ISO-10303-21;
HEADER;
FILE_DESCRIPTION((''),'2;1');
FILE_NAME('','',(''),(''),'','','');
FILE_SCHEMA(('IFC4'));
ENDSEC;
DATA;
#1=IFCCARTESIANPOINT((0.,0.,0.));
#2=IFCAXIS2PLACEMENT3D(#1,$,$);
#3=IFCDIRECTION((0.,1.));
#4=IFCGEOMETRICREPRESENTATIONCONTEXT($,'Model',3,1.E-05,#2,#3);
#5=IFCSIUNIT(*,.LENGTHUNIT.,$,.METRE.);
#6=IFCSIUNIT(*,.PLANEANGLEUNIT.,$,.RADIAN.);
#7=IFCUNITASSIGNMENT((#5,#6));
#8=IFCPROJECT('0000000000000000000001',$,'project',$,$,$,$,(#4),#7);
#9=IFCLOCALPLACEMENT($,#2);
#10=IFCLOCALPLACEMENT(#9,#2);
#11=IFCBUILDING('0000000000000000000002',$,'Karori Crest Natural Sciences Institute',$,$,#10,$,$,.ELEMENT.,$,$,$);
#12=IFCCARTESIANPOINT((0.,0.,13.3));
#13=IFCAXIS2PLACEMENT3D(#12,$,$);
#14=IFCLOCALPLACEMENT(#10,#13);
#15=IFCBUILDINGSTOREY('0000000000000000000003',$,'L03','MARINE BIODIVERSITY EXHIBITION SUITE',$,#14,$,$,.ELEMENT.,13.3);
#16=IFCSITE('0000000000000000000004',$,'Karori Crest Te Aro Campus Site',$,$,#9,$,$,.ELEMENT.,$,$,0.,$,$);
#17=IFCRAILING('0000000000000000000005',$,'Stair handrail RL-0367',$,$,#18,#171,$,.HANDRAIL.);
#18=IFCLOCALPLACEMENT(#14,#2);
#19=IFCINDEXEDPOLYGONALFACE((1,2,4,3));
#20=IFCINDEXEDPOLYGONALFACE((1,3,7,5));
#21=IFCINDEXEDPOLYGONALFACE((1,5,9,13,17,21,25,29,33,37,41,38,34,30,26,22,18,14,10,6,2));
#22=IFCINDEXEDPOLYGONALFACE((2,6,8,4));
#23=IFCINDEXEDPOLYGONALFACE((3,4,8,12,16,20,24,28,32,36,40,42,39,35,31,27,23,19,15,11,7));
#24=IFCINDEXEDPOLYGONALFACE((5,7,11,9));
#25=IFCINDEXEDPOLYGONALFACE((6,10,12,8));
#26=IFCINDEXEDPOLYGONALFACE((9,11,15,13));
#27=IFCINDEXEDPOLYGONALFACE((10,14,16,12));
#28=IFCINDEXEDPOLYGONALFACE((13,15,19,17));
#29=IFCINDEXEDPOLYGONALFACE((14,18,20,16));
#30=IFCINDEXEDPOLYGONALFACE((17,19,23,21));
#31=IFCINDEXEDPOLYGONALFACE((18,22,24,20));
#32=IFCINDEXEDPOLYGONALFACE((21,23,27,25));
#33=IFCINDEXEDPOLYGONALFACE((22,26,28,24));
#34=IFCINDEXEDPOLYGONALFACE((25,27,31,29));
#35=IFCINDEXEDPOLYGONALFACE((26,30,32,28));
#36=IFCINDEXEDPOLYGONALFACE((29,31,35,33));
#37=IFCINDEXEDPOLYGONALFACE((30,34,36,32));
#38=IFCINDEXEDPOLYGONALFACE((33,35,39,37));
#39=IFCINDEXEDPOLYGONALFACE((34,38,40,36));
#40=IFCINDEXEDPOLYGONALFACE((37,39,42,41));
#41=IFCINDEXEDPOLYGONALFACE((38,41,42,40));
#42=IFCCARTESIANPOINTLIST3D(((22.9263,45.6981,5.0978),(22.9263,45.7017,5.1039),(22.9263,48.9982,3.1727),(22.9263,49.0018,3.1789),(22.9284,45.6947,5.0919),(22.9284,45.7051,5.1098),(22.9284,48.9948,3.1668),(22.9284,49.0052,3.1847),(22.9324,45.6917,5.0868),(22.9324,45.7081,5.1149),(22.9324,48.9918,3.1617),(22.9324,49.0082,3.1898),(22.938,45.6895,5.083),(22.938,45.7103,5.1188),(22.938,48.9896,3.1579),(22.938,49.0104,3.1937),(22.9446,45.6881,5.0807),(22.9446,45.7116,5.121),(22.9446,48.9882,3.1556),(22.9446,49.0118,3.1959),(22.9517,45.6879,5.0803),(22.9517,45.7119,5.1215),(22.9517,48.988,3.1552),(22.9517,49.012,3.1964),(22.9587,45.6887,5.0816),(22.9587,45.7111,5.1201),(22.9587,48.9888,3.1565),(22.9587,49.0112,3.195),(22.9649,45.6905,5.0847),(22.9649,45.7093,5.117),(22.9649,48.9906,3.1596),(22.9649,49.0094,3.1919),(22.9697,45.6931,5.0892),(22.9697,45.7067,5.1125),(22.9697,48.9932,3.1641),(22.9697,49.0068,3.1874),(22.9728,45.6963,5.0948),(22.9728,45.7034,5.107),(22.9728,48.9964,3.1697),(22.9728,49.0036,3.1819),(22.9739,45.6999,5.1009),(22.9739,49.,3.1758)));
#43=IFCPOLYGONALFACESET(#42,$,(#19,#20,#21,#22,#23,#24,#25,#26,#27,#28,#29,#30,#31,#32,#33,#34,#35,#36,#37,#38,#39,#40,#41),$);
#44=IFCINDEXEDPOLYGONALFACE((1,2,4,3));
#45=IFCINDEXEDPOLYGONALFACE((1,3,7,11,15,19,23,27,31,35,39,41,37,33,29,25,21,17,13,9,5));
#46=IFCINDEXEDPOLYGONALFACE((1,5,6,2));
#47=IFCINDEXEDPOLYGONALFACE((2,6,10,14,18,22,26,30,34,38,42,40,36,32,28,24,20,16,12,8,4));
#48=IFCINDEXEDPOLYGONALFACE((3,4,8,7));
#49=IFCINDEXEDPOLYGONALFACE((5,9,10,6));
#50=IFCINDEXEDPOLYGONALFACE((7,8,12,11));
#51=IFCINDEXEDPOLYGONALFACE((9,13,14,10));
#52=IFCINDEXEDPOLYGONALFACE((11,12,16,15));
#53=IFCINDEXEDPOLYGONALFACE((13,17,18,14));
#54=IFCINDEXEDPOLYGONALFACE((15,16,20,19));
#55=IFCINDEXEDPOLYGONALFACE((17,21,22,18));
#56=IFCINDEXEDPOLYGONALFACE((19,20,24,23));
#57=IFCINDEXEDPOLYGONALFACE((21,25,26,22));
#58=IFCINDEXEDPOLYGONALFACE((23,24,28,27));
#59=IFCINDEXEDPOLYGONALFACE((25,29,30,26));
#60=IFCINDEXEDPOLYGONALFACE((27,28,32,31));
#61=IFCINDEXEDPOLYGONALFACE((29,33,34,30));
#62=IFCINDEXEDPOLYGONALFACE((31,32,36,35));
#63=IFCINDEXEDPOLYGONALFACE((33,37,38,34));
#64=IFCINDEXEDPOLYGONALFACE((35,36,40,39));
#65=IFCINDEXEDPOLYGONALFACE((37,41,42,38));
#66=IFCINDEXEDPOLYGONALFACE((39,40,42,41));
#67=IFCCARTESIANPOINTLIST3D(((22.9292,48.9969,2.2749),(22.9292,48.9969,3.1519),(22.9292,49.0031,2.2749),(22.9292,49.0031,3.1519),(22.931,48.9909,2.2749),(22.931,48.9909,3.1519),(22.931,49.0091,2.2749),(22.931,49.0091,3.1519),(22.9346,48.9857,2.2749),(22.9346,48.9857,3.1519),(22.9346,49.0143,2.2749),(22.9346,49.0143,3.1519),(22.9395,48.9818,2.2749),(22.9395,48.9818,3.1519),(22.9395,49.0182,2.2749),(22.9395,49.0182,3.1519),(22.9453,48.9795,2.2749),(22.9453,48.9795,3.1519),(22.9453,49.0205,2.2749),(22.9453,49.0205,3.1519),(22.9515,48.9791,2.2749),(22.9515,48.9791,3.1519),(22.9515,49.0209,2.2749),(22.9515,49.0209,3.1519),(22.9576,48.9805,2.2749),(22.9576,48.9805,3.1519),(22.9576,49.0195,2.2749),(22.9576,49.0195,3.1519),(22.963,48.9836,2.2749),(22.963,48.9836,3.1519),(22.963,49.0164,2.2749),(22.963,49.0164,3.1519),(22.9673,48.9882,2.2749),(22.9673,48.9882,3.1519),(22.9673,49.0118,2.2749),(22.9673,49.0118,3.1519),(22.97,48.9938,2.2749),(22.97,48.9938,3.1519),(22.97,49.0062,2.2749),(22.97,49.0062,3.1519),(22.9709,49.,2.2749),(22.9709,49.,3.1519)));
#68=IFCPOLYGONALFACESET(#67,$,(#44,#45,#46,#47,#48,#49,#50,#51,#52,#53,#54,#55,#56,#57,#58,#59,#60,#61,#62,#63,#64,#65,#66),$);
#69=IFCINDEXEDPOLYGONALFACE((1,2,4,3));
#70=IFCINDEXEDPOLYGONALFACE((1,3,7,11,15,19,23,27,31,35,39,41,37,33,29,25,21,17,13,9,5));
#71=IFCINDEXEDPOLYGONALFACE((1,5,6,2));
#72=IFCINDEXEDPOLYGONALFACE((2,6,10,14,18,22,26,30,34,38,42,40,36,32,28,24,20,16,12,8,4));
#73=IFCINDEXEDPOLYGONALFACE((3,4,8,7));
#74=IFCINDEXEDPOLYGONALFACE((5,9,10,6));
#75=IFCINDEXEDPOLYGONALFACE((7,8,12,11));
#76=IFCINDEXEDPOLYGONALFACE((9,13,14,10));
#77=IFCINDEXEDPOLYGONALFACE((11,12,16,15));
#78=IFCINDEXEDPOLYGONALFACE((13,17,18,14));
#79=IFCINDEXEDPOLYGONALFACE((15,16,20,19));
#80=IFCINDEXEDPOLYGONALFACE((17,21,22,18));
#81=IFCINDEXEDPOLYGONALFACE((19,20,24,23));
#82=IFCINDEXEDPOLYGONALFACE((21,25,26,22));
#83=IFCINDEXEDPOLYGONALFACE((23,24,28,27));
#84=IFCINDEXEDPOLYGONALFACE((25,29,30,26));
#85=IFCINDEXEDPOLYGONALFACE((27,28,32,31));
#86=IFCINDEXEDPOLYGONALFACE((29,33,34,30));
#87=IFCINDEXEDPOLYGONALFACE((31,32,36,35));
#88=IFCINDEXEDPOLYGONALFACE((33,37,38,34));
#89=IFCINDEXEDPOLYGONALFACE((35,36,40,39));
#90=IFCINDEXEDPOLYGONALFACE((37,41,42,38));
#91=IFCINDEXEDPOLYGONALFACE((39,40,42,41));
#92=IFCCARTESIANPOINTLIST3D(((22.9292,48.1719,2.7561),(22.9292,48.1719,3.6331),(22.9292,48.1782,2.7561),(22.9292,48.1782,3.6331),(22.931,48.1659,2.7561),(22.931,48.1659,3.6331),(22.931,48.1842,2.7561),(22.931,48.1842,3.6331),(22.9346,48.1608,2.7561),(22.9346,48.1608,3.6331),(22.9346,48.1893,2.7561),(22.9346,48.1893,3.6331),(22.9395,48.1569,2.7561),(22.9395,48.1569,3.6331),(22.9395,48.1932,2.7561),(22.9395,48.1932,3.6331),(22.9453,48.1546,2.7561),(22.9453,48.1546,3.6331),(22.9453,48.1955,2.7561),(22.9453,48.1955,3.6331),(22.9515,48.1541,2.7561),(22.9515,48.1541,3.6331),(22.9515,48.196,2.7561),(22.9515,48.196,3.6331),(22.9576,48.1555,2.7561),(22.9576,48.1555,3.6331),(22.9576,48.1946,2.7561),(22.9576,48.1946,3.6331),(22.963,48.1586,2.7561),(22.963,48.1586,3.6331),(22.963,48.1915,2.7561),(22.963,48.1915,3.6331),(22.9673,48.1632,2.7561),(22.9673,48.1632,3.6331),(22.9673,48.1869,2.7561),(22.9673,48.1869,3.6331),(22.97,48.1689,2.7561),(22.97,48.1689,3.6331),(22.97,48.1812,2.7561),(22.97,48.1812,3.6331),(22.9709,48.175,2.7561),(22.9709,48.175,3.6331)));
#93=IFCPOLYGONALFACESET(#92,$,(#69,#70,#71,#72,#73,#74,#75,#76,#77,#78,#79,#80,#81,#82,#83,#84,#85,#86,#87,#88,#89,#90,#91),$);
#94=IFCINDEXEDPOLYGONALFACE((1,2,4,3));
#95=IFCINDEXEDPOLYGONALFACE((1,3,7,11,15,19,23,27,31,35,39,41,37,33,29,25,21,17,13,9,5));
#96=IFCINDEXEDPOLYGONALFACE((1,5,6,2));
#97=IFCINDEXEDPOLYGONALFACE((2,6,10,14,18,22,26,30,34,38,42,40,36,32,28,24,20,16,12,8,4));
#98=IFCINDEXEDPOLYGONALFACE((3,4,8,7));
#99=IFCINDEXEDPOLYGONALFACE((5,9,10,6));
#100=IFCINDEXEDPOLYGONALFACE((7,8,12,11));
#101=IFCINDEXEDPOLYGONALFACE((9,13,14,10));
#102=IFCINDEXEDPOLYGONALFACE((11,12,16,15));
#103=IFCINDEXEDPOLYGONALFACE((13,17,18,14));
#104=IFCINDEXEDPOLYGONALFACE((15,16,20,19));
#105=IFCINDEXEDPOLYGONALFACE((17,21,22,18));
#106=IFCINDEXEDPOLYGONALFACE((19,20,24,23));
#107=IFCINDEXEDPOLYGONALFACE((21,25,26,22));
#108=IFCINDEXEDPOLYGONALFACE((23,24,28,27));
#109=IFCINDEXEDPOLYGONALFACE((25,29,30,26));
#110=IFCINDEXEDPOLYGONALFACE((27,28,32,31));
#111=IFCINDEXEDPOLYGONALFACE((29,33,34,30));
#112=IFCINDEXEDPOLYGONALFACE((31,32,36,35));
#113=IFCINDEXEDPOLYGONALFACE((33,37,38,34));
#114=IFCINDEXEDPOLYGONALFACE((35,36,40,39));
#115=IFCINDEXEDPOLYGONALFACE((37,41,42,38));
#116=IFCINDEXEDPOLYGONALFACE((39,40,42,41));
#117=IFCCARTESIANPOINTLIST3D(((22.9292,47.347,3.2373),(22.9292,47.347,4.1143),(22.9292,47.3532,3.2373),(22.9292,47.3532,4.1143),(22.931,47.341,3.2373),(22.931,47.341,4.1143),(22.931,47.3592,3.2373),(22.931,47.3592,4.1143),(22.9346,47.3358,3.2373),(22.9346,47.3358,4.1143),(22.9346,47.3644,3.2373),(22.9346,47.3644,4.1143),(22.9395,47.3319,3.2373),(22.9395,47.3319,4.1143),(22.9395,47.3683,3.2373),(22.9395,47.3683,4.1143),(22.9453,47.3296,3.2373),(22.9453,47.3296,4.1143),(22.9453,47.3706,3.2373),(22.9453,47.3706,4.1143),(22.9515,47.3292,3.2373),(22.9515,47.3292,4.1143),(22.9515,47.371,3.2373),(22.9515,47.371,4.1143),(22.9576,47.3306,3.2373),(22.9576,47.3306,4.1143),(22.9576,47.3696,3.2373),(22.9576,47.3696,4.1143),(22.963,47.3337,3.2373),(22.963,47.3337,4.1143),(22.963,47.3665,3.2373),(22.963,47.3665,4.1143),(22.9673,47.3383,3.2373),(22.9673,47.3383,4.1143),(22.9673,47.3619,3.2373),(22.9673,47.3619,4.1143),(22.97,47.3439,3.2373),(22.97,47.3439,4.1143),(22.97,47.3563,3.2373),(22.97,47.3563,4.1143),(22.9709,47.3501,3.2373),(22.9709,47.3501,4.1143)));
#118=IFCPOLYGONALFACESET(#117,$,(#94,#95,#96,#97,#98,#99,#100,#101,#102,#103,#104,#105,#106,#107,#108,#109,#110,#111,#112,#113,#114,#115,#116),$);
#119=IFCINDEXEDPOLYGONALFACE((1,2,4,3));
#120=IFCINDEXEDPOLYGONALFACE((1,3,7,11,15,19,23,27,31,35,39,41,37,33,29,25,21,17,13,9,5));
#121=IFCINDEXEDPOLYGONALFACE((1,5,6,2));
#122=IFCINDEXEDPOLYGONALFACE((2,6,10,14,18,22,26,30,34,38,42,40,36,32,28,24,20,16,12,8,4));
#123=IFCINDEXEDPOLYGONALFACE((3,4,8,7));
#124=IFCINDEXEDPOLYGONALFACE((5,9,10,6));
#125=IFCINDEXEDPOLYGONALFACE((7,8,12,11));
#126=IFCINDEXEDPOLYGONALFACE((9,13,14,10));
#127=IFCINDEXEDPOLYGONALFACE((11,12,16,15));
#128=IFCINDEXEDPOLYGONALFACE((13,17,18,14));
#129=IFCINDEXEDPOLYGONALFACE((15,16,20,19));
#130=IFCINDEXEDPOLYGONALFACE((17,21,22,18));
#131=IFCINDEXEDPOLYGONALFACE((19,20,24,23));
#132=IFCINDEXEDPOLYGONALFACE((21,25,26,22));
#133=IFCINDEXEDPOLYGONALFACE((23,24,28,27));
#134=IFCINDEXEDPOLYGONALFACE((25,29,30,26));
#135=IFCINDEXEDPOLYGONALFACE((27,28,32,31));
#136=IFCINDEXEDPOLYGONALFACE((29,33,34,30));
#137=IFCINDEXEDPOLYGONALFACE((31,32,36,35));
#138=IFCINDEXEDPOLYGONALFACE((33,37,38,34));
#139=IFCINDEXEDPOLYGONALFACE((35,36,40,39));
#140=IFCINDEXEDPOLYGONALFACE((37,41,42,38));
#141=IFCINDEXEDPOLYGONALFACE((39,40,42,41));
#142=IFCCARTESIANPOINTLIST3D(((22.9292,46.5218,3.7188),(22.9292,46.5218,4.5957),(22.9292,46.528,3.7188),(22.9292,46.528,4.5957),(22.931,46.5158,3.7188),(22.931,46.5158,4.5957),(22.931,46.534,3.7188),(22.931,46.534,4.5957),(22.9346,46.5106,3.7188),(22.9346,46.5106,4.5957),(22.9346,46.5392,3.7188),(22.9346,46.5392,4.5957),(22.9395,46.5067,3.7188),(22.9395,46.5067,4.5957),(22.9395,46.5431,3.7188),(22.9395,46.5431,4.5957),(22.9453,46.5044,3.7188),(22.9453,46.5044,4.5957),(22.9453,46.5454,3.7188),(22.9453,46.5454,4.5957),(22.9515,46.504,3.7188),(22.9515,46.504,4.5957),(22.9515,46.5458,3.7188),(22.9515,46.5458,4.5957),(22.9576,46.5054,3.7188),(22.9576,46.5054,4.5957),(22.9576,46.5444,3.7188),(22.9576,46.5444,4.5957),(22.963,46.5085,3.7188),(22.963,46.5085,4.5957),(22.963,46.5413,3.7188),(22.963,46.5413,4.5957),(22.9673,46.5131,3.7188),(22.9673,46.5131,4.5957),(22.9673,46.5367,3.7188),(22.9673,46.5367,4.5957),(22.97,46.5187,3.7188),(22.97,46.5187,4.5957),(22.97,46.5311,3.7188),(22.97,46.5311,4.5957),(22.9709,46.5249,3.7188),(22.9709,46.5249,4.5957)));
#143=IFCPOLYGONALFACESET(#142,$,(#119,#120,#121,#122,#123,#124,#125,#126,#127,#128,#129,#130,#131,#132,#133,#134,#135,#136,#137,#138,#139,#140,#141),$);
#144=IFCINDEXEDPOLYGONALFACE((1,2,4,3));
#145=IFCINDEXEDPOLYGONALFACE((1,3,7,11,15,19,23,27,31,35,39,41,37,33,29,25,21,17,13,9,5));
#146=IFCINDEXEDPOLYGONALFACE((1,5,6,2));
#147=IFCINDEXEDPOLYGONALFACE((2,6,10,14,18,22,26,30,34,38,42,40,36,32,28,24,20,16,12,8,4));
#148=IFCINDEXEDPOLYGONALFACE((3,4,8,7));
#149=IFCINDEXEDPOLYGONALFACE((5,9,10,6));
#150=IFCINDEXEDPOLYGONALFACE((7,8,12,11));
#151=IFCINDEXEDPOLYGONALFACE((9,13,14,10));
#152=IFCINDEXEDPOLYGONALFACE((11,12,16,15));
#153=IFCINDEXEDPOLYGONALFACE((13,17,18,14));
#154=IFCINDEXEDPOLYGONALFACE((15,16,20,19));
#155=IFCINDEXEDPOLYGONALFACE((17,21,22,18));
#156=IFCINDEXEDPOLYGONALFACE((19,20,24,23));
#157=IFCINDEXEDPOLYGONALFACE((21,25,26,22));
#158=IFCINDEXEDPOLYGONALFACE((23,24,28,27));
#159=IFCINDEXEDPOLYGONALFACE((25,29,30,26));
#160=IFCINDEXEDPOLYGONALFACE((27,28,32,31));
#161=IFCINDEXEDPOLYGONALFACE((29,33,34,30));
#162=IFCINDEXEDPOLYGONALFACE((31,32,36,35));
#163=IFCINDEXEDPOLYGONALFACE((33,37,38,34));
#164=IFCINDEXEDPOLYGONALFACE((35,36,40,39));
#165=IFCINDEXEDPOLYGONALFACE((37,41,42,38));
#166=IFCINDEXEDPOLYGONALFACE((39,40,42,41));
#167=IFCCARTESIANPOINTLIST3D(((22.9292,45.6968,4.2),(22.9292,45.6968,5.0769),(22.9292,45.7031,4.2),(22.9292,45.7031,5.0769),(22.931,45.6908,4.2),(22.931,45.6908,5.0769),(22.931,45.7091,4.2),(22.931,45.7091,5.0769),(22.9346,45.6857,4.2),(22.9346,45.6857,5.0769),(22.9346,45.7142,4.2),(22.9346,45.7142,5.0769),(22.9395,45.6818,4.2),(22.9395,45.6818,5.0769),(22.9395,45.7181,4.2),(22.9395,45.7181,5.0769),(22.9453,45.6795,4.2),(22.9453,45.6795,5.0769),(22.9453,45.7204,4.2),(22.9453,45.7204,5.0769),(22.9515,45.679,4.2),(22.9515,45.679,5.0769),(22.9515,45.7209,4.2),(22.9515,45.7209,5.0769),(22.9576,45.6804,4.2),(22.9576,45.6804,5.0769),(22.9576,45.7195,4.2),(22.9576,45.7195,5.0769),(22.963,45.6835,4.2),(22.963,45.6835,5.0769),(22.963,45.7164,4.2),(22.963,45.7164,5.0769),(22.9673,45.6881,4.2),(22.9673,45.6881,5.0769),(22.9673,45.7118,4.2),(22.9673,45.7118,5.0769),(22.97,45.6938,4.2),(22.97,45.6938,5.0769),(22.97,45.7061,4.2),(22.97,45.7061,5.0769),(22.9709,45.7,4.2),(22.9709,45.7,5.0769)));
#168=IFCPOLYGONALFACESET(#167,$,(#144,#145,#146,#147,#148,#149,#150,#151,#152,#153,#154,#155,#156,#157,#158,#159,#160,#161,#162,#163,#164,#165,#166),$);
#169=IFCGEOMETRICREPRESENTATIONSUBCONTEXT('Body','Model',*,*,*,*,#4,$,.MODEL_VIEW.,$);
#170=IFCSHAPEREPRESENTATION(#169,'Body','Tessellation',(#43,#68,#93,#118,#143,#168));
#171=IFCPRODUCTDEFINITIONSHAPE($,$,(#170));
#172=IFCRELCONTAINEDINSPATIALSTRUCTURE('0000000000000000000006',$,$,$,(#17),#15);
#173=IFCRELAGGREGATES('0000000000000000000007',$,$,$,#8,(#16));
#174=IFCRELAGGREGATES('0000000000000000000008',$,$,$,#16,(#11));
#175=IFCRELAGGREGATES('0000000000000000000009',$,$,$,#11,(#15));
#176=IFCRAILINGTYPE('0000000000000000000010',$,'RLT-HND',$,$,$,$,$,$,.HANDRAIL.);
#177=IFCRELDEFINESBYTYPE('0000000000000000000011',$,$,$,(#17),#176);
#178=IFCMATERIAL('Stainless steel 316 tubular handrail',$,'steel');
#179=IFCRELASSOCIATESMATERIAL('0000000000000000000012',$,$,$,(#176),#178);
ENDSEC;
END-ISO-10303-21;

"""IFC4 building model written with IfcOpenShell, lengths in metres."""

from ifc_helpers import new_model, si_unit, direction, frame, origin, origin_2d, place, context, subcontext, project, spatial, circle, extrude, material, type_object, element, save


model = new_model("IFC4")

# Units and contexts
model_context = context("Model", 3, precision=1e-05, world=origin(), true_north=direction((0.0, 1.0)))
body_context = subcontext(model_context, "Body", "Model", "MODEL_VIEW")
ifc_project = project(units=[si_unit("LENGTHUNIT", "METRE"), si_unit("PLANEANGLEUNIT", "RADIAN")], contexts=[model_context])

# Site, building, storey
site_placement = place(None, origin())
site = spatial("IfcSite", under=ifc_project, at=site_placement, Name="Karori Crest Te Aro Campus Site", CompositionType="ELEMENT", RefElevation=0.0)
building_placement = place(site_placement, origin())
building = spatial("IfcBuilding", under=site, at=building_placement, Name="Karori Crest Natural Sciences Institute", CompositionType="ELEMENT")
storey_placement = place(building_placement, frame((0.0, 0.0, 13.3)))
storey = spatial("IfcBuildingStorey", under=building, at=storey_placement, Name="L03", Description="MARINE BIODIVERSITY EXHIBITION SUITE", CompositionType="ELEMENT", Elevation=13.3)

# Railing
ifc_material_1 = material(Name="Stainless steel 316 tubular handrail", Category="steel")
railing_type_1 = type_object("IfcRailingType", Name="RLT-HND", PredefinedType="HANDRAIL", material=ifc_material_1)
railing_1_placement = place(storey_placement, frame((22.95, 49.0, 2.2749)))
element("IfcRailing", 1, at=railing_1_placement, inside=storey, type_object=railing_type_1, Name="Stair handrail RL-0367", PredefinedType="HANDRAIL", context=body_context, shape_type="SweptSolid", body=[
    extrude(circle(Radius=0.0239, at=origin_2d()), frame((0.0, 0.0, 0.9009), z_axis=(0.0, -0.863777, 0.503875), x_axis=(1.0, 0.0, 0.0)), (0.0, 0.0, 1.0), 3.8206),
    extrude(circle(Radius=0.021, at=origin_2d()), origin(), (0.0, 0.0, 1.0), 0.877),
    extrude(circle(Radius=0.021, at=origin_2d()), frame((0.0, -0.825, 0.4812)), (0.0, 0.0, 1.0), 0.877),
    extrude(circle(Radius=0.021, at=origin_2d()), frame((0.0, -1.6499, 0.9624)), (0.0, 0.0, 1.0), 0.877),
    extrude(circle(Radius=0.021, at=origin_2d()), frame((0.0, -2.4751, 1.4438)), (0.0, 0.0, 1.0), 0.877),
    extrude(circle(Radius=0.021, at=origin_2d()), frame((0.0, -3.3, 1.925)), (0.0, 0.0, 1.0), 0.877),
])

save(model, "model.ifc")
